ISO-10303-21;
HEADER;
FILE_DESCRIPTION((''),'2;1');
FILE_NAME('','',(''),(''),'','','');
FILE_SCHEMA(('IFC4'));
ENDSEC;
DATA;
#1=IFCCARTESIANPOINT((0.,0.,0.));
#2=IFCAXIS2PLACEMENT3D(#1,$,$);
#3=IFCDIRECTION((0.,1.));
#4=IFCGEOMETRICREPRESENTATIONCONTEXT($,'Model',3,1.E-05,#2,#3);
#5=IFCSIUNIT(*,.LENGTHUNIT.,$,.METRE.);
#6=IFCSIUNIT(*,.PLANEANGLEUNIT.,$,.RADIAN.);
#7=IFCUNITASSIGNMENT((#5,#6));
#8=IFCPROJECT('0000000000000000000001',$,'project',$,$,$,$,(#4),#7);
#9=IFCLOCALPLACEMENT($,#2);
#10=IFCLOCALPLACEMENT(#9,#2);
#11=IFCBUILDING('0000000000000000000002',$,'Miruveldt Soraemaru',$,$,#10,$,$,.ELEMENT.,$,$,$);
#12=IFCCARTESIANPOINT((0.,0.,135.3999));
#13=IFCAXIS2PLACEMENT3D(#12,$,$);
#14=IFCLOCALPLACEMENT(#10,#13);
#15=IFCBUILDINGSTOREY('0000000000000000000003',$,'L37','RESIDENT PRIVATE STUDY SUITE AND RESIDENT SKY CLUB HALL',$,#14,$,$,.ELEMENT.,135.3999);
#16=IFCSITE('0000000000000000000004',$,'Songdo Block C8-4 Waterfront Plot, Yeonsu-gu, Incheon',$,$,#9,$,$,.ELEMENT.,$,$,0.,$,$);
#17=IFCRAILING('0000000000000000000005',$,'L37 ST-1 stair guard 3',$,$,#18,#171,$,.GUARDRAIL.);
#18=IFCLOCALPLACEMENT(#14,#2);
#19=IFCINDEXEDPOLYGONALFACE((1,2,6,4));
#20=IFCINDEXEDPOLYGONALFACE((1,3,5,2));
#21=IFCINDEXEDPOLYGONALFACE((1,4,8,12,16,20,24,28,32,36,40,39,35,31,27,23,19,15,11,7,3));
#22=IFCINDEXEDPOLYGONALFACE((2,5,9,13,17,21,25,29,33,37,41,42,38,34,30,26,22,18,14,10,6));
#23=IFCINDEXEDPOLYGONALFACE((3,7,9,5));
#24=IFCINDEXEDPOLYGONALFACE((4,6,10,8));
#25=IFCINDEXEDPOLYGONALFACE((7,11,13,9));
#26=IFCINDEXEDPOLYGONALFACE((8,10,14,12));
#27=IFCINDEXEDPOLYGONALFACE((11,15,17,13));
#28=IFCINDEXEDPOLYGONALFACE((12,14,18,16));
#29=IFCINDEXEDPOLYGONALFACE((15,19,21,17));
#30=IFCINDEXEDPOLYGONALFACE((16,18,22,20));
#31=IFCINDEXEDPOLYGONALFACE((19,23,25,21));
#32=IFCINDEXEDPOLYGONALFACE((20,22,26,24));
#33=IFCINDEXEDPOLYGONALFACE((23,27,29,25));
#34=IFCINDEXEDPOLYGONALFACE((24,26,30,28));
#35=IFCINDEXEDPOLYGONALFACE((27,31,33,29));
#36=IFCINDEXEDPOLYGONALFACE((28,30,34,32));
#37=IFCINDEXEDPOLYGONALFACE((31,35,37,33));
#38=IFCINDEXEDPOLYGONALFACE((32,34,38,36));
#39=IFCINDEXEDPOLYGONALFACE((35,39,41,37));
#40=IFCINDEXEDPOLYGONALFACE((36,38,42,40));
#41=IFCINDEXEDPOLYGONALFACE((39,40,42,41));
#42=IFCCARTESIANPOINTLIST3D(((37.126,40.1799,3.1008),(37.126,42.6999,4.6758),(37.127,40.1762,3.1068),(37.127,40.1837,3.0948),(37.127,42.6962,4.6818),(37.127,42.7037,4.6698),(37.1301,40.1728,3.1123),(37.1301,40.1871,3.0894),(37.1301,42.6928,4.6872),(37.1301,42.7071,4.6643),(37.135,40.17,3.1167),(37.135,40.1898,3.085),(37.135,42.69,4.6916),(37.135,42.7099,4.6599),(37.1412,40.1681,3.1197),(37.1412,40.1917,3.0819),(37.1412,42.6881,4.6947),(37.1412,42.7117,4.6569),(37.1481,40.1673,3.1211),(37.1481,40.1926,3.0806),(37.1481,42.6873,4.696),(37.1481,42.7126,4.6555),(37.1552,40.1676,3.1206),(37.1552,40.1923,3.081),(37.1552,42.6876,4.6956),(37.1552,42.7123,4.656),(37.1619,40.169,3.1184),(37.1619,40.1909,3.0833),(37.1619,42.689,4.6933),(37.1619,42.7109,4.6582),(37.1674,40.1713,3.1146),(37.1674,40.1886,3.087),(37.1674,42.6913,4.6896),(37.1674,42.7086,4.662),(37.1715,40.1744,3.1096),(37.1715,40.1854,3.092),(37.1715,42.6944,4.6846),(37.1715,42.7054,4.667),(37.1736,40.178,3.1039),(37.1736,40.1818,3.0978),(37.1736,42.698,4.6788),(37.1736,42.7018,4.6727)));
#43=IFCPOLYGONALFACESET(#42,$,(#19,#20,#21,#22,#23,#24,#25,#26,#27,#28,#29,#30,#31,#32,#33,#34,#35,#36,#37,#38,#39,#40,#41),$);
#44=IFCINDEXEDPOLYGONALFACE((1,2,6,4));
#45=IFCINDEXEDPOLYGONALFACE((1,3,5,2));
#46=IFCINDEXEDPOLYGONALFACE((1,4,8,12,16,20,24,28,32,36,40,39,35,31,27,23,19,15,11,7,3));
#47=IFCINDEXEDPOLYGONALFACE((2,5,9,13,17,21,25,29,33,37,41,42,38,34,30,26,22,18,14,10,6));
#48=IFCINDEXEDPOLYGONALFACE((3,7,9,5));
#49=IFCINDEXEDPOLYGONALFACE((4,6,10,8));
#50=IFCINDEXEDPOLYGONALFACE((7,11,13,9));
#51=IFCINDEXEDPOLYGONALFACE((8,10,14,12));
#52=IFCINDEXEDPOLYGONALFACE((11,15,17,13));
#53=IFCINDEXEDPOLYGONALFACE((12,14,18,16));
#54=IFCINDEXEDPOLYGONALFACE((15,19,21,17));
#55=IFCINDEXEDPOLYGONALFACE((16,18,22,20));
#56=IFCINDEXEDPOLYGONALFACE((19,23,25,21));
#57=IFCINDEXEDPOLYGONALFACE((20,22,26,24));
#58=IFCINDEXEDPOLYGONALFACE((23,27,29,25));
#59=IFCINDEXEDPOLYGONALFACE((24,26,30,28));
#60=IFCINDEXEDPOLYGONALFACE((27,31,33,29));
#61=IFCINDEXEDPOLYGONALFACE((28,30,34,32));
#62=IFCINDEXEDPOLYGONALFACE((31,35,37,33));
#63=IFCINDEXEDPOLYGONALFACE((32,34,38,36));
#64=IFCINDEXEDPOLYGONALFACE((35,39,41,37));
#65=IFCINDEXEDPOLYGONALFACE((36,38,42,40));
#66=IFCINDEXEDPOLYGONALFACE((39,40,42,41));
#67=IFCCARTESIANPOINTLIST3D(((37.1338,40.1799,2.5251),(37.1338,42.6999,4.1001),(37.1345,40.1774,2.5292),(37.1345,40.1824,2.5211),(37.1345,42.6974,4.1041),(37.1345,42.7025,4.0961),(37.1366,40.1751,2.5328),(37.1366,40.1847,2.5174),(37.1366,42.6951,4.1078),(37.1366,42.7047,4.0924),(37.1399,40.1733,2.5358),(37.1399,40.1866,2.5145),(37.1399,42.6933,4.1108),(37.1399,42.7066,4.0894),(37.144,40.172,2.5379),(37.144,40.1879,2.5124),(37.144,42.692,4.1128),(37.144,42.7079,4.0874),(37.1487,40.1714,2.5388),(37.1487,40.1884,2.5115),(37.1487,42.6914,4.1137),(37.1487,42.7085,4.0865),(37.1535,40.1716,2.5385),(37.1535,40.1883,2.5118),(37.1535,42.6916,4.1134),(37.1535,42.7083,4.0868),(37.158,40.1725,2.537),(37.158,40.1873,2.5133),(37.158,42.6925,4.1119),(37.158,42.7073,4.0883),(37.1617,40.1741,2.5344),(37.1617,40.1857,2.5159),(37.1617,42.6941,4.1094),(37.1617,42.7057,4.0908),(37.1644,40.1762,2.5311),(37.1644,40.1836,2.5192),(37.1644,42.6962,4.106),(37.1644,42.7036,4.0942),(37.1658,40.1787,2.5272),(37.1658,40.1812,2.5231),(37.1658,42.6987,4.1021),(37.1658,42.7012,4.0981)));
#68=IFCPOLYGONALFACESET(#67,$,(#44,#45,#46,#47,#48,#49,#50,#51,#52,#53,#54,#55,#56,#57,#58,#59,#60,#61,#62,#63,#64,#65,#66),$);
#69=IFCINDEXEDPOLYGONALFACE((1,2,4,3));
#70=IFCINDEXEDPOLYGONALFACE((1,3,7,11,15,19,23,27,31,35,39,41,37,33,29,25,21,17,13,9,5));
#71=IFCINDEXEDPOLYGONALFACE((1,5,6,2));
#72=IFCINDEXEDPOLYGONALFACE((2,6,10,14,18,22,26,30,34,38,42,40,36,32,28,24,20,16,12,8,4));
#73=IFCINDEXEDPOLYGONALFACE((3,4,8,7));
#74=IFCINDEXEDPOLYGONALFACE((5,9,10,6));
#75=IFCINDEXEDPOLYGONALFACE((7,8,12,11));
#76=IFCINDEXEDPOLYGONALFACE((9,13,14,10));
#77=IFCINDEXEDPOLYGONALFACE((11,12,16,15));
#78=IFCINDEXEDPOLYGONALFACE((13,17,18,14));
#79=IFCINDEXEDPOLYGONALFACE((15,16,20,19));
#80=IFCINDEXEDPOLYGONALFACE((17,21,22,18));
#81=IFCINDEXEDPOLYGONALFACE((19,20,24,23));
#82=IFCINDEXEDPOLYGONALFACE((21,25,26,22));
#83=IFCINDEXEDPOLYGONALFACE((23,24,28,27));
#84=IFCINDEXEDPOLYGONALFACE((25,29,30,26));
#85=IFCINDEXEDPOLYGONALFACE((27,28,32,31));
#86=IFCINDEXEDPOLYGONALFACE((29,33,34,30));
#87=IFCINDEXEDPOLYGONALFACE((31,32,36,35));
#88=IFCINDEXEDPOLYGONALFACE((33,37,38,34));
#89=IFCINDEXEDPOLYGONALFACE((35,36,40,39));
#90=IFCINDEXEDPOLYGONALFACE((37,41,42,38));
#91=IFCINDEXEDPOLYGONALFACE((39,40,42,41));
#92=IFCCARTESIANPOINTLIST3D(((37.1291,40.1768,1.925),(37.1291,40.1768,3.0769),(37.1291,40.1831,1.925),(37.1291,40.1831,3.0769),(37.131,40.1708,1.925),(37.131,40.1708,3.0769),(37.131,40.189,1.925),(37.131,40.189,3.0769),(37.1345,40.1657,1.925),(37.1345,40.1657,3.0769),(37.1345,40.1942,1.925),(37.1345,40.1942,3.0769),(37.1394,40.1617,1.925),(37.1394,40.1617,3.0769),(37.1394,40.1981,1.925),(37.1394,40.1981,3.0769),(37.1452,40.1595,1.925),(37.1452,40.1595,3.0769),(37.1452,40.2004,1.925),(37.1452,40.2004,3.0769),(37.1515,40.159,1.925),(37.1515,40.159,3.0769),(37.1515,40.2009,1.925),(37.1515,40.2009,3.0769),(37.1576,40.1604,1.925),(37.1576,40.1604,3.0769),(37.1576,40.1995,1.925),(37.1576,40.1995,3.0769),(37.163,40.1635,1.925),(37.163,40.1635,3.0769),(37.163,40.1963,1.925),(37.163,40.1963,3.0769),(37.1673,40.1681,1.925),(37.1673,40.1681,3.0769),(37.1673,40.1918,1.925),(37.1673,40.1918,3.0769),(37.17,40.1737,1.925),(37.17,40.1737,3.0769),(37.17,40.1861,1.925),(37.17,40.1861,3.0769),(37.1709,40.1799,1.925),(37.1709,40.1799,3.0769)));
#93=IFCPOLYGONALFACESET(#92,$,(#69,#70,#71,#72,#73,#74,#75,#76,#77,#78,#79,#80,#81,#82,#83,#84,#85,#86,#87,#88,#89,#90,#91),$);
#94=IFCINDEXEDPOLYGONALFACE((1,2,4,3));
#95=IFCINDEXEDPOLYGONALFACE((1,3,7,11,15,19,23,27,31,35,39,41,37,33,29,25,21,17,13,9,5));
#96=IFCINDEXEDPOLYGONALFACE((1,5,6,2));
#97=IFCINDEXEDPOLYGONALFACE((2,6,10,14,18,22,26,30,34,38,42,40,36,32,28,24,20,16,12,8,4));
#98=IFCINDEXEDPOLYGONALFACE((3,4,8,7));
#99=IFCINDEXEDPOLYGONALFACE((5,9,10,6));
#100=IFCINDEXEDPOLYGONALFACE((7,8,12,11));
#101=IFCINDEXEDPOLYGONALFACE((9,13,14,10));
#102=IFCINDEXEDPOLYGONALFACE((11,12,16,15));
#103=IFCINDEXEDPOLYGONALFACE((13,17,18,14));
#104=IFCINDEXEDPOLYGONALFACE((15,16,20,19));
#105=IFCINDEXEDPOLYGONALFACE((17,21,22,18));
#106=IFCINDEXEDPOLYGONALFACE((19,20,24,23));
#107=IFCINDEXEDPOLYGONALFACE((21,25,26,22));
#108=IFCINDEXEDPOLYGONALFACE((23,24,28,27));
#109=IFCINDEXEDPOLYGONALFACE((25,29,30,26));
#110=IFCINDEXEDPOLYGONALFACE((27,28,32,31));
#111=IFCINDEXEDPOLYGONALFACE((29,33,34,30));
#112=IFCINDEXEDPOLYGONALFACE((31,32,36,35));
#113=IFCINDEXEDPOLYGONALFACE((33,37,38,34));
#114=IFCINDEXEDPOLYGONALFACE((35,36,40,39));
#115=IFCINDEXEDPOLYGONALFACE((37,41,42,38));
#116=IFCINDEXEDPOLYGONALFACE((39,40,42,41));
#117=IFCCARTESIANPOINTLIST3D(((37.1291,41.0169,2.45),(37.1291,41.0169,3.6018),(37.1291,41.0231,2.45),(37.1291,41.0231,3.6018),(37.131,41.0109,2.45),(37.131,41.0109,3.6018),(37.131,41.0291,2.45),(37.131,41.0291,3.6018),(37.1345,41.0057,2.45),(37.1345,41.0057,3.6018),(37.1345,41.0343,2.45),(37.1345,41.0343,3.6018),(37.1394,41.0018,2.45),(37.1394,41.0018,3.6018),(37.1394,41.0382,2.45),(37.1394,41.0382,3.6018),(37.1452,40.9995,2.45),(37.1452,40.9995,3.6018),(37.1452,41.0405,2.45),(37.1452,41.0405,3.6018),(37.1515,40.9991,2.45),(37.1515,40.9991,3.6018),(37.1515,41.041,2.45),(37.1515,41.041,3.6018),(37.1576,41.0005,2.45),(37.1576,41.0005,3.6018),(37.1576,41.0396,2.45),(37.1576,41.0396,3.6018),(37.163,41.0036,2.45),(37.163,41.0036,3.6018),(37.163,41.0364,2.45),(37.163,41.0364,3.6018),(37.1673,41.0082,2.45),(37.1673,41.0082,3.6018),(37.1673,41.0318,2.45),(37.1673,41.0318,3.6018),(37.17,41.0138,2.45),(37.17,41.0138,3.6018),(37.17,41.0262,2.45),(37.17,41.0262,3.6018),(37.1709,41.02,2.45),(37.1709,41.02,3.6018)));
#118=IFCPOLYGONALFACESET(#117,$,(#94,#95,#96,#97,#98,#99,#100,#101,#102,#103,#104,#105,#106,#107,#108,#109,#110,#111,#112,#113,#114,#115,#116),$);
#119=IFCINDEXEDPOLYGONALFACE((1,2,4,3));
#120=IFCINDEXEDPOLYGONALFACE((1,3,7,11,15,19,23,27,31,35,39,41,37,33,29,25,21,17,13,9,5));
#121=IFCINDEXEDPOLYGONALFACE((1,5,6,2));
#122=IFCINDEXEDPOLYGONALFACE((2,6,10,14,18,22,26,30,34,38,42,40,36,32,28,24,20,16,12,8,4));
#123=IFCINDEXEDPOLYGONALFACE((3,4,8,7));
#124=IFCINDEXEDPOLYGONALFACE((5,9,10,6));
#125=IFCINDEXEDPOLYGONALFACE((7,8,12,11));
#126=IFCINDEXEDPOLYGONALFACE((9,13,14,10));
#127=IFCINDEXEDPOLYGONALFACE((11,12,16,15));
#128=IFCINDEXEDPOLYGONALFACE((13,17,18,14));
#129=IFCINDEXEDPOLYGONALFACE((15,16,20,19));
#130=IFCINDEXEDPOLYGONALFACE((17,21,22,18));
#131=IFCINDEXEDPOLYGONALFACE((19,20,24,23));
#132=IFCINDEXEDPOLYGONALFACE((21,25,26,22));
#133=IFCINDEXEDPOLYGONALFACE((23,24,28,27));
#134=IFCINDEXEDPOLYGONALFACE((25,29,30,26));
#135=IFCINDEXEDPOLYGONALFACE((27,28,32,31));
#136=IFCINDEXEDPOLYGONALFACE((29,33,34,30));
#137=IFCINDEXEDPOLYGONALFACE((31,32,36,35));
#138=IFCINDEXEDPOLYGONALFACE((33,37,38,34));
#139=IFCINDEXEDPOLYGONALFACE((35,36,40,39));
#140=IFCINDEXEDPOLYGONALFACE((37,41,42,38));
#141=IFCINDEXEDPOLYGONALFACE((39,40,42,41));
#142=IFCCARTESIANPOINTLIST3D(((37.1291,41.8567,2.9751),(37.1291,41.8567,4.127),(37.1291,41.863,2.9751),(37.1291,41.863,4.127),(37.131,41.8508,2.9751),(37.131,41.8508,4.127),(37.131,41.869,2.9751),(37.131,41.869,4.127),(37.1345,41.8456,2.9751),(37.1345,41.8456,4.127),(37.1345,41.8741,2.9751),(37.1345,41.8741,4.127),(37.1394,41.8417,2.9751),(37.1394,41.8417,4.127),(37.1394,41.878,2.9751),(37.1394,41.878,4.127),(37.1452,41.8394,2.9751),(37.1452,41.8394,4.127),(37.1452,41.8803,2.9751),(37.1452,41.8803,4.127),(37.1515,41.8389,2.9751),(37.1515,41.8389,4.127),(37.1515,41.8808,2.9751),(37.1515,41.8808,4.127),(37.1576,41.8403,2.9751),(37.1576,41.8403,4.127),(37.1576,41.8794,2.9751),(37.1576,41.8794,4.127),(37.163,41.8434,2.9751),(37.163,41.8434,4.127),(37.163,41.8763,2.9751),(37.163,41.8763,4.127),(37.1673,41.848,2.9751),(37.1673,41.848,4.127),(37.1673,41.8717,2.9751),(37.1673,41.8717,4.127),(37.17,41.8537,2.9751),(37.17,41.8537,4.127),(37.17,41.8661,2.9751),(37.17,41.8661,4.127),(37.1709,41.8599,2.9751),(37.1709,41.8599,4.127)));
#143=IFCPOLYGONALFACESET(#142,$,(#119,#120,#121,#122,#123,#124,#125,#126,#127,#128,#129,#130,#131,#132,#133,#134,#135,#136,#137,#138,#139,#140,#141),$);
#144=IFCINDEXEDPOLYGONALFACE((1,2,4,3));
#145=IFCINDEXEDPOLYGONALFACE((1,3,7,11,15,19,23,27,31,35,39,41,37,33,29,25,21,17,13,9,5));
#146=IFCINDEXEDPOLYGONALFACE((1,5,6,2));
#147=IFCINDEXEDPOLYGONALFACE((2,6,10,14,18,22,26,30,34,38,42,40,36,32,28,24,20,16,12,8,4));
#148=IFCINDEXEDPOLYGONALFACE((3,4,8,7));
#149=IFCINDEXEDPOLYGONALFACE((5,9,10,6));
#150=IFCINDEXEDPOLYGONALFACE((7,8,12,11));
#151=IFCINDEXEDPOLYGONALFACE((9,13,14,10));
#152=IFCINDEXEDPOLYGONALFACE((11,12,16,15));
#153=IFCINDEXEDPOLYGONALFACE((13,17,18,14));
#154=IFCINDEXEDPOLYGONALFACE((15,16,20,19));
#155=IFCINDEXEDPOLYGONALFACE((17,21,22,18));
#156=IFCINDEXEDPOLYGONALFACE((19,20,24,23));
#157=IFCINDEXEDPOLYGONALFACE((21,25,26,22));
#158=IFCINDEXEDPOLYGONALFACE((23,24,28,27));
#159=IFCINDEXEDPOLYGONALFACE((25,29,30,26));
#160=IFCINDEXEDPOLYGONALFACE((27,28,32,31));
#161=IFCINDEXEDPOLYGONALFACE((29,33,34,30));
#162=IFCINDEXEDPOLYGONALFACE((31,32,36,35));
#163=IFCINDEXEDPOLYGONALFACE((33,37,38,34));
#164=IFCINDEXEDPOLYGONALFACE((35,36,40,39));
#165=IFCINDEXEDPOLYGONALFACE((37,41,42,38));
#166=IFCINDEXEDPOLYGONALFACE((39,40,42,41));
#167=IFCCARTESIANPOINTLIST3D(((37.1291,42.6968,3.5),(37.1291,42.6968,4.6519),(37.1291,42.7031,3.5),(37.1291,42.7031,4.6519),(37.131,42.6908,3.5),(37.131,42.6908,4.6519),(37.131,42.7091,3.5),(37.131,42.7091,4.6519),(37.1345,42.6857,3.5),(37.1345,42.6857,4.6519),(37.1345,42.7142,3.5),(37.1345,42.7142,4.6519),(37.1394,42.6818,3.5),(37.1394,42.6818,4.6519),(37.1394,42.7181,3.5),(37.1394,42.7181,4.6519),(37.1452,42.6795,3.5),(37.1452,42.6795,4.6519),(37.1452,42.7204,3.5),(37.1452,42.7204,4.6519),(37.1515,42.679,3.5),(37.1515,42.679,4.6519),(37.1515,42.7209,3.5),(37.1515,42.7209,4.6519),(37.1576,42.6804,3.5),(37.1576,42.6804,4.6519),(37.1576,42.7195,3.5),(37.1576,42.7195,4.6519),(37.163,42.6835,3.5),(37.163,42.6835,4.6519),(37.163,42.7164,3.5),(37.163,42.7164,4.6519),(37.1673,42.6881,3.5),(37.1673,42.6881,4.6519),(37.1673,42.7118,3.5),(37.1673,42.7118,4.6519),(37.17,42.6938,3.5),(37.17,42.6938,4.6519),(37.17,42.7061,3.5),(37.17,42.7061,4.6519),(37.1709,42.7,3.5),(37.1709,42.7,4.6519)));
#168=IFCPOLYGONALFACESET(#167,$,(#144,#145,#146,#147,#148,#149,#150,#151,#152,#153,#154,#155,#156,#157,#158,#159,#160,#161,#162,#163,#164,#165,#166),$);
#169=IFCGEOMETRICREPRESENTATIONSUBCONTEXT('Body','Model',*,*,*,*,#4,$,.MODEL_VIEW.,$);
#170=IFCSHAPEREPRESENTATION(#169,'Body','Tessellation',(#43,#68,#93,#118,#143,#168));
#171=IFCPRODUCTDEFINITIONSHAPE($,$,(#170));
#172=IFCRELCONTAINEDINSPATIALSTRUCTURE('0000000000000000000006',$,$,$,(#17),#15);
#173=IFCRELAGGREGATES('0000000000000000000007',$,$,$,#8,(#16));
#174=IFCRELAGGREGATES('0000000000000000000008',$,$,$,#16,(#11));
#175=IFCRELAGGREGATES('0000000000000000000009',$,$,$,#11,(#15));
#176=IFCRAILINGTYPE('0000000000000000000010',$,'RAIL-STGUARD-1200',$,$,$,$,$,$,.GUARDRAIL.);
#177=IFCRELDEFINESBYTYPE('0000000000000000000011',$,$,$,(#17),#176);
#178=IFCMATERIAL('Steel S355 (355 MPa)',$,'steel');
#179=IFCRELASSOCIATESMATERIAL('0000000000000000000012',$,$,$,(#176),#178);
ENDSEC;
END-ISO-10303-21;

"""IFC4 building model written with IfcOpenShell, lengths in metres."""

from ifc_helpers import new_model, si_unit, direction, frame, origin, origin_2d, place, context, subcontext, project, spatial, circle, extrude, material, type_object, element, save


model = new_model("IFC4")

# Units and contexts
model_context = context("Model", 3, precision=1e-05, world=origin(), true_north=direction((0.0, 1.0)))
body_context = subcontext(model_context, "Body", "Model", "MODEL_VIEW")
ifc_project = project(units=[si_unit("LENGTHUNIT", "METRE"), si_unit("PLANEANGLEUNIT", "RADIAN")], contexts=[model_context])

# Site, building, storey
site_placement = place(None, origin())
site = spatial("IfcSite", under=ifc_project, at=site_placement, Name="Songdo Block C8-4 Waterfront Plot, Yeonsu-gu, Incheon", CompositionType="ELEMENT", RefElevation=0.0)
building_placement = place(site_placement, origin())
building = spatial("IfcBuilding", under=site, at=building_placement, Name="Miruveldt Soraemaru", CompositionType="ELEMENT")
storey_placement = place(building_placement, frame((0.0, 0.0, 135.3999)))
storey = spatial("IfcBuildingStorey", under=building, at=storey_placement, Name="L37", Description="RESIDENT PRIVATE STUDY SUITE AND RESIDENT SKY CLUB HALL", CompositionType="ELEMENT", Elevation=135.3999)

# Railing
ifc_material_1 = material(Name="Steel S355 (355 MPa)", Category="steel")
railing_type_1 = type_object("IfcRailingType", Name="RAIL-STGUARD-1200", PredefinedType="GUARDRAIL", material=ifc_material_1)
railing_1_placement = place(storey_placement, frame((37.1499, 40.1799, 1.925)))
element("IfcRailing", 1, at=railing_1_placement, inside=storey, type_object=railing_type_1, Name="L37 ST-1 stair guard 3", PredefinedType="GUARDRAIL", context=body_context, shape_type="SweptSolid", body=[
    extrude(circle(Radius=0.0239, at=origin_2d()), frame((0.0, 0.0, 1.1758), z_axis=(0.0, 0.848008, 0.529984), x_axis=(-1.0, 0.0, 0.0)), (0.0, 0.0, 1.0), 2.9717),
    extrude(circle(Radius=0.0161, at=origin_2d()), frame((0.0, 0.0, 0.6001), z_axis=(0.0, 0.848008, 0.529984), x_axis=(-1.0, 0.0, 0.0)), (0.0, 0.0, 1.0), 2.9717),
    extrude(circle(Radius=0.021, at=origin_2d()), origin(), (0.0, 0.0, 1.0), 1.1519),
    extrude(circle(Radius=0.021, at=origin_2d()), frame((0.0, 0.8401, 0.5249)), (0.0, 0.0, 1.0), 1.1519),
    extrude(circle(Radius=0.021, at=origin_2d()), frame((0.0, 1.6799, 1.05)), (0.0, 0.0, 1.0), 1.1519),
    extrude(circle(Radius=0.021, at=origin_2d()), frame((0.0, 2.52, 1.575)), (0.0, 0.0, 1.0), 1.1519),
])

save(model, "model.ifc")
